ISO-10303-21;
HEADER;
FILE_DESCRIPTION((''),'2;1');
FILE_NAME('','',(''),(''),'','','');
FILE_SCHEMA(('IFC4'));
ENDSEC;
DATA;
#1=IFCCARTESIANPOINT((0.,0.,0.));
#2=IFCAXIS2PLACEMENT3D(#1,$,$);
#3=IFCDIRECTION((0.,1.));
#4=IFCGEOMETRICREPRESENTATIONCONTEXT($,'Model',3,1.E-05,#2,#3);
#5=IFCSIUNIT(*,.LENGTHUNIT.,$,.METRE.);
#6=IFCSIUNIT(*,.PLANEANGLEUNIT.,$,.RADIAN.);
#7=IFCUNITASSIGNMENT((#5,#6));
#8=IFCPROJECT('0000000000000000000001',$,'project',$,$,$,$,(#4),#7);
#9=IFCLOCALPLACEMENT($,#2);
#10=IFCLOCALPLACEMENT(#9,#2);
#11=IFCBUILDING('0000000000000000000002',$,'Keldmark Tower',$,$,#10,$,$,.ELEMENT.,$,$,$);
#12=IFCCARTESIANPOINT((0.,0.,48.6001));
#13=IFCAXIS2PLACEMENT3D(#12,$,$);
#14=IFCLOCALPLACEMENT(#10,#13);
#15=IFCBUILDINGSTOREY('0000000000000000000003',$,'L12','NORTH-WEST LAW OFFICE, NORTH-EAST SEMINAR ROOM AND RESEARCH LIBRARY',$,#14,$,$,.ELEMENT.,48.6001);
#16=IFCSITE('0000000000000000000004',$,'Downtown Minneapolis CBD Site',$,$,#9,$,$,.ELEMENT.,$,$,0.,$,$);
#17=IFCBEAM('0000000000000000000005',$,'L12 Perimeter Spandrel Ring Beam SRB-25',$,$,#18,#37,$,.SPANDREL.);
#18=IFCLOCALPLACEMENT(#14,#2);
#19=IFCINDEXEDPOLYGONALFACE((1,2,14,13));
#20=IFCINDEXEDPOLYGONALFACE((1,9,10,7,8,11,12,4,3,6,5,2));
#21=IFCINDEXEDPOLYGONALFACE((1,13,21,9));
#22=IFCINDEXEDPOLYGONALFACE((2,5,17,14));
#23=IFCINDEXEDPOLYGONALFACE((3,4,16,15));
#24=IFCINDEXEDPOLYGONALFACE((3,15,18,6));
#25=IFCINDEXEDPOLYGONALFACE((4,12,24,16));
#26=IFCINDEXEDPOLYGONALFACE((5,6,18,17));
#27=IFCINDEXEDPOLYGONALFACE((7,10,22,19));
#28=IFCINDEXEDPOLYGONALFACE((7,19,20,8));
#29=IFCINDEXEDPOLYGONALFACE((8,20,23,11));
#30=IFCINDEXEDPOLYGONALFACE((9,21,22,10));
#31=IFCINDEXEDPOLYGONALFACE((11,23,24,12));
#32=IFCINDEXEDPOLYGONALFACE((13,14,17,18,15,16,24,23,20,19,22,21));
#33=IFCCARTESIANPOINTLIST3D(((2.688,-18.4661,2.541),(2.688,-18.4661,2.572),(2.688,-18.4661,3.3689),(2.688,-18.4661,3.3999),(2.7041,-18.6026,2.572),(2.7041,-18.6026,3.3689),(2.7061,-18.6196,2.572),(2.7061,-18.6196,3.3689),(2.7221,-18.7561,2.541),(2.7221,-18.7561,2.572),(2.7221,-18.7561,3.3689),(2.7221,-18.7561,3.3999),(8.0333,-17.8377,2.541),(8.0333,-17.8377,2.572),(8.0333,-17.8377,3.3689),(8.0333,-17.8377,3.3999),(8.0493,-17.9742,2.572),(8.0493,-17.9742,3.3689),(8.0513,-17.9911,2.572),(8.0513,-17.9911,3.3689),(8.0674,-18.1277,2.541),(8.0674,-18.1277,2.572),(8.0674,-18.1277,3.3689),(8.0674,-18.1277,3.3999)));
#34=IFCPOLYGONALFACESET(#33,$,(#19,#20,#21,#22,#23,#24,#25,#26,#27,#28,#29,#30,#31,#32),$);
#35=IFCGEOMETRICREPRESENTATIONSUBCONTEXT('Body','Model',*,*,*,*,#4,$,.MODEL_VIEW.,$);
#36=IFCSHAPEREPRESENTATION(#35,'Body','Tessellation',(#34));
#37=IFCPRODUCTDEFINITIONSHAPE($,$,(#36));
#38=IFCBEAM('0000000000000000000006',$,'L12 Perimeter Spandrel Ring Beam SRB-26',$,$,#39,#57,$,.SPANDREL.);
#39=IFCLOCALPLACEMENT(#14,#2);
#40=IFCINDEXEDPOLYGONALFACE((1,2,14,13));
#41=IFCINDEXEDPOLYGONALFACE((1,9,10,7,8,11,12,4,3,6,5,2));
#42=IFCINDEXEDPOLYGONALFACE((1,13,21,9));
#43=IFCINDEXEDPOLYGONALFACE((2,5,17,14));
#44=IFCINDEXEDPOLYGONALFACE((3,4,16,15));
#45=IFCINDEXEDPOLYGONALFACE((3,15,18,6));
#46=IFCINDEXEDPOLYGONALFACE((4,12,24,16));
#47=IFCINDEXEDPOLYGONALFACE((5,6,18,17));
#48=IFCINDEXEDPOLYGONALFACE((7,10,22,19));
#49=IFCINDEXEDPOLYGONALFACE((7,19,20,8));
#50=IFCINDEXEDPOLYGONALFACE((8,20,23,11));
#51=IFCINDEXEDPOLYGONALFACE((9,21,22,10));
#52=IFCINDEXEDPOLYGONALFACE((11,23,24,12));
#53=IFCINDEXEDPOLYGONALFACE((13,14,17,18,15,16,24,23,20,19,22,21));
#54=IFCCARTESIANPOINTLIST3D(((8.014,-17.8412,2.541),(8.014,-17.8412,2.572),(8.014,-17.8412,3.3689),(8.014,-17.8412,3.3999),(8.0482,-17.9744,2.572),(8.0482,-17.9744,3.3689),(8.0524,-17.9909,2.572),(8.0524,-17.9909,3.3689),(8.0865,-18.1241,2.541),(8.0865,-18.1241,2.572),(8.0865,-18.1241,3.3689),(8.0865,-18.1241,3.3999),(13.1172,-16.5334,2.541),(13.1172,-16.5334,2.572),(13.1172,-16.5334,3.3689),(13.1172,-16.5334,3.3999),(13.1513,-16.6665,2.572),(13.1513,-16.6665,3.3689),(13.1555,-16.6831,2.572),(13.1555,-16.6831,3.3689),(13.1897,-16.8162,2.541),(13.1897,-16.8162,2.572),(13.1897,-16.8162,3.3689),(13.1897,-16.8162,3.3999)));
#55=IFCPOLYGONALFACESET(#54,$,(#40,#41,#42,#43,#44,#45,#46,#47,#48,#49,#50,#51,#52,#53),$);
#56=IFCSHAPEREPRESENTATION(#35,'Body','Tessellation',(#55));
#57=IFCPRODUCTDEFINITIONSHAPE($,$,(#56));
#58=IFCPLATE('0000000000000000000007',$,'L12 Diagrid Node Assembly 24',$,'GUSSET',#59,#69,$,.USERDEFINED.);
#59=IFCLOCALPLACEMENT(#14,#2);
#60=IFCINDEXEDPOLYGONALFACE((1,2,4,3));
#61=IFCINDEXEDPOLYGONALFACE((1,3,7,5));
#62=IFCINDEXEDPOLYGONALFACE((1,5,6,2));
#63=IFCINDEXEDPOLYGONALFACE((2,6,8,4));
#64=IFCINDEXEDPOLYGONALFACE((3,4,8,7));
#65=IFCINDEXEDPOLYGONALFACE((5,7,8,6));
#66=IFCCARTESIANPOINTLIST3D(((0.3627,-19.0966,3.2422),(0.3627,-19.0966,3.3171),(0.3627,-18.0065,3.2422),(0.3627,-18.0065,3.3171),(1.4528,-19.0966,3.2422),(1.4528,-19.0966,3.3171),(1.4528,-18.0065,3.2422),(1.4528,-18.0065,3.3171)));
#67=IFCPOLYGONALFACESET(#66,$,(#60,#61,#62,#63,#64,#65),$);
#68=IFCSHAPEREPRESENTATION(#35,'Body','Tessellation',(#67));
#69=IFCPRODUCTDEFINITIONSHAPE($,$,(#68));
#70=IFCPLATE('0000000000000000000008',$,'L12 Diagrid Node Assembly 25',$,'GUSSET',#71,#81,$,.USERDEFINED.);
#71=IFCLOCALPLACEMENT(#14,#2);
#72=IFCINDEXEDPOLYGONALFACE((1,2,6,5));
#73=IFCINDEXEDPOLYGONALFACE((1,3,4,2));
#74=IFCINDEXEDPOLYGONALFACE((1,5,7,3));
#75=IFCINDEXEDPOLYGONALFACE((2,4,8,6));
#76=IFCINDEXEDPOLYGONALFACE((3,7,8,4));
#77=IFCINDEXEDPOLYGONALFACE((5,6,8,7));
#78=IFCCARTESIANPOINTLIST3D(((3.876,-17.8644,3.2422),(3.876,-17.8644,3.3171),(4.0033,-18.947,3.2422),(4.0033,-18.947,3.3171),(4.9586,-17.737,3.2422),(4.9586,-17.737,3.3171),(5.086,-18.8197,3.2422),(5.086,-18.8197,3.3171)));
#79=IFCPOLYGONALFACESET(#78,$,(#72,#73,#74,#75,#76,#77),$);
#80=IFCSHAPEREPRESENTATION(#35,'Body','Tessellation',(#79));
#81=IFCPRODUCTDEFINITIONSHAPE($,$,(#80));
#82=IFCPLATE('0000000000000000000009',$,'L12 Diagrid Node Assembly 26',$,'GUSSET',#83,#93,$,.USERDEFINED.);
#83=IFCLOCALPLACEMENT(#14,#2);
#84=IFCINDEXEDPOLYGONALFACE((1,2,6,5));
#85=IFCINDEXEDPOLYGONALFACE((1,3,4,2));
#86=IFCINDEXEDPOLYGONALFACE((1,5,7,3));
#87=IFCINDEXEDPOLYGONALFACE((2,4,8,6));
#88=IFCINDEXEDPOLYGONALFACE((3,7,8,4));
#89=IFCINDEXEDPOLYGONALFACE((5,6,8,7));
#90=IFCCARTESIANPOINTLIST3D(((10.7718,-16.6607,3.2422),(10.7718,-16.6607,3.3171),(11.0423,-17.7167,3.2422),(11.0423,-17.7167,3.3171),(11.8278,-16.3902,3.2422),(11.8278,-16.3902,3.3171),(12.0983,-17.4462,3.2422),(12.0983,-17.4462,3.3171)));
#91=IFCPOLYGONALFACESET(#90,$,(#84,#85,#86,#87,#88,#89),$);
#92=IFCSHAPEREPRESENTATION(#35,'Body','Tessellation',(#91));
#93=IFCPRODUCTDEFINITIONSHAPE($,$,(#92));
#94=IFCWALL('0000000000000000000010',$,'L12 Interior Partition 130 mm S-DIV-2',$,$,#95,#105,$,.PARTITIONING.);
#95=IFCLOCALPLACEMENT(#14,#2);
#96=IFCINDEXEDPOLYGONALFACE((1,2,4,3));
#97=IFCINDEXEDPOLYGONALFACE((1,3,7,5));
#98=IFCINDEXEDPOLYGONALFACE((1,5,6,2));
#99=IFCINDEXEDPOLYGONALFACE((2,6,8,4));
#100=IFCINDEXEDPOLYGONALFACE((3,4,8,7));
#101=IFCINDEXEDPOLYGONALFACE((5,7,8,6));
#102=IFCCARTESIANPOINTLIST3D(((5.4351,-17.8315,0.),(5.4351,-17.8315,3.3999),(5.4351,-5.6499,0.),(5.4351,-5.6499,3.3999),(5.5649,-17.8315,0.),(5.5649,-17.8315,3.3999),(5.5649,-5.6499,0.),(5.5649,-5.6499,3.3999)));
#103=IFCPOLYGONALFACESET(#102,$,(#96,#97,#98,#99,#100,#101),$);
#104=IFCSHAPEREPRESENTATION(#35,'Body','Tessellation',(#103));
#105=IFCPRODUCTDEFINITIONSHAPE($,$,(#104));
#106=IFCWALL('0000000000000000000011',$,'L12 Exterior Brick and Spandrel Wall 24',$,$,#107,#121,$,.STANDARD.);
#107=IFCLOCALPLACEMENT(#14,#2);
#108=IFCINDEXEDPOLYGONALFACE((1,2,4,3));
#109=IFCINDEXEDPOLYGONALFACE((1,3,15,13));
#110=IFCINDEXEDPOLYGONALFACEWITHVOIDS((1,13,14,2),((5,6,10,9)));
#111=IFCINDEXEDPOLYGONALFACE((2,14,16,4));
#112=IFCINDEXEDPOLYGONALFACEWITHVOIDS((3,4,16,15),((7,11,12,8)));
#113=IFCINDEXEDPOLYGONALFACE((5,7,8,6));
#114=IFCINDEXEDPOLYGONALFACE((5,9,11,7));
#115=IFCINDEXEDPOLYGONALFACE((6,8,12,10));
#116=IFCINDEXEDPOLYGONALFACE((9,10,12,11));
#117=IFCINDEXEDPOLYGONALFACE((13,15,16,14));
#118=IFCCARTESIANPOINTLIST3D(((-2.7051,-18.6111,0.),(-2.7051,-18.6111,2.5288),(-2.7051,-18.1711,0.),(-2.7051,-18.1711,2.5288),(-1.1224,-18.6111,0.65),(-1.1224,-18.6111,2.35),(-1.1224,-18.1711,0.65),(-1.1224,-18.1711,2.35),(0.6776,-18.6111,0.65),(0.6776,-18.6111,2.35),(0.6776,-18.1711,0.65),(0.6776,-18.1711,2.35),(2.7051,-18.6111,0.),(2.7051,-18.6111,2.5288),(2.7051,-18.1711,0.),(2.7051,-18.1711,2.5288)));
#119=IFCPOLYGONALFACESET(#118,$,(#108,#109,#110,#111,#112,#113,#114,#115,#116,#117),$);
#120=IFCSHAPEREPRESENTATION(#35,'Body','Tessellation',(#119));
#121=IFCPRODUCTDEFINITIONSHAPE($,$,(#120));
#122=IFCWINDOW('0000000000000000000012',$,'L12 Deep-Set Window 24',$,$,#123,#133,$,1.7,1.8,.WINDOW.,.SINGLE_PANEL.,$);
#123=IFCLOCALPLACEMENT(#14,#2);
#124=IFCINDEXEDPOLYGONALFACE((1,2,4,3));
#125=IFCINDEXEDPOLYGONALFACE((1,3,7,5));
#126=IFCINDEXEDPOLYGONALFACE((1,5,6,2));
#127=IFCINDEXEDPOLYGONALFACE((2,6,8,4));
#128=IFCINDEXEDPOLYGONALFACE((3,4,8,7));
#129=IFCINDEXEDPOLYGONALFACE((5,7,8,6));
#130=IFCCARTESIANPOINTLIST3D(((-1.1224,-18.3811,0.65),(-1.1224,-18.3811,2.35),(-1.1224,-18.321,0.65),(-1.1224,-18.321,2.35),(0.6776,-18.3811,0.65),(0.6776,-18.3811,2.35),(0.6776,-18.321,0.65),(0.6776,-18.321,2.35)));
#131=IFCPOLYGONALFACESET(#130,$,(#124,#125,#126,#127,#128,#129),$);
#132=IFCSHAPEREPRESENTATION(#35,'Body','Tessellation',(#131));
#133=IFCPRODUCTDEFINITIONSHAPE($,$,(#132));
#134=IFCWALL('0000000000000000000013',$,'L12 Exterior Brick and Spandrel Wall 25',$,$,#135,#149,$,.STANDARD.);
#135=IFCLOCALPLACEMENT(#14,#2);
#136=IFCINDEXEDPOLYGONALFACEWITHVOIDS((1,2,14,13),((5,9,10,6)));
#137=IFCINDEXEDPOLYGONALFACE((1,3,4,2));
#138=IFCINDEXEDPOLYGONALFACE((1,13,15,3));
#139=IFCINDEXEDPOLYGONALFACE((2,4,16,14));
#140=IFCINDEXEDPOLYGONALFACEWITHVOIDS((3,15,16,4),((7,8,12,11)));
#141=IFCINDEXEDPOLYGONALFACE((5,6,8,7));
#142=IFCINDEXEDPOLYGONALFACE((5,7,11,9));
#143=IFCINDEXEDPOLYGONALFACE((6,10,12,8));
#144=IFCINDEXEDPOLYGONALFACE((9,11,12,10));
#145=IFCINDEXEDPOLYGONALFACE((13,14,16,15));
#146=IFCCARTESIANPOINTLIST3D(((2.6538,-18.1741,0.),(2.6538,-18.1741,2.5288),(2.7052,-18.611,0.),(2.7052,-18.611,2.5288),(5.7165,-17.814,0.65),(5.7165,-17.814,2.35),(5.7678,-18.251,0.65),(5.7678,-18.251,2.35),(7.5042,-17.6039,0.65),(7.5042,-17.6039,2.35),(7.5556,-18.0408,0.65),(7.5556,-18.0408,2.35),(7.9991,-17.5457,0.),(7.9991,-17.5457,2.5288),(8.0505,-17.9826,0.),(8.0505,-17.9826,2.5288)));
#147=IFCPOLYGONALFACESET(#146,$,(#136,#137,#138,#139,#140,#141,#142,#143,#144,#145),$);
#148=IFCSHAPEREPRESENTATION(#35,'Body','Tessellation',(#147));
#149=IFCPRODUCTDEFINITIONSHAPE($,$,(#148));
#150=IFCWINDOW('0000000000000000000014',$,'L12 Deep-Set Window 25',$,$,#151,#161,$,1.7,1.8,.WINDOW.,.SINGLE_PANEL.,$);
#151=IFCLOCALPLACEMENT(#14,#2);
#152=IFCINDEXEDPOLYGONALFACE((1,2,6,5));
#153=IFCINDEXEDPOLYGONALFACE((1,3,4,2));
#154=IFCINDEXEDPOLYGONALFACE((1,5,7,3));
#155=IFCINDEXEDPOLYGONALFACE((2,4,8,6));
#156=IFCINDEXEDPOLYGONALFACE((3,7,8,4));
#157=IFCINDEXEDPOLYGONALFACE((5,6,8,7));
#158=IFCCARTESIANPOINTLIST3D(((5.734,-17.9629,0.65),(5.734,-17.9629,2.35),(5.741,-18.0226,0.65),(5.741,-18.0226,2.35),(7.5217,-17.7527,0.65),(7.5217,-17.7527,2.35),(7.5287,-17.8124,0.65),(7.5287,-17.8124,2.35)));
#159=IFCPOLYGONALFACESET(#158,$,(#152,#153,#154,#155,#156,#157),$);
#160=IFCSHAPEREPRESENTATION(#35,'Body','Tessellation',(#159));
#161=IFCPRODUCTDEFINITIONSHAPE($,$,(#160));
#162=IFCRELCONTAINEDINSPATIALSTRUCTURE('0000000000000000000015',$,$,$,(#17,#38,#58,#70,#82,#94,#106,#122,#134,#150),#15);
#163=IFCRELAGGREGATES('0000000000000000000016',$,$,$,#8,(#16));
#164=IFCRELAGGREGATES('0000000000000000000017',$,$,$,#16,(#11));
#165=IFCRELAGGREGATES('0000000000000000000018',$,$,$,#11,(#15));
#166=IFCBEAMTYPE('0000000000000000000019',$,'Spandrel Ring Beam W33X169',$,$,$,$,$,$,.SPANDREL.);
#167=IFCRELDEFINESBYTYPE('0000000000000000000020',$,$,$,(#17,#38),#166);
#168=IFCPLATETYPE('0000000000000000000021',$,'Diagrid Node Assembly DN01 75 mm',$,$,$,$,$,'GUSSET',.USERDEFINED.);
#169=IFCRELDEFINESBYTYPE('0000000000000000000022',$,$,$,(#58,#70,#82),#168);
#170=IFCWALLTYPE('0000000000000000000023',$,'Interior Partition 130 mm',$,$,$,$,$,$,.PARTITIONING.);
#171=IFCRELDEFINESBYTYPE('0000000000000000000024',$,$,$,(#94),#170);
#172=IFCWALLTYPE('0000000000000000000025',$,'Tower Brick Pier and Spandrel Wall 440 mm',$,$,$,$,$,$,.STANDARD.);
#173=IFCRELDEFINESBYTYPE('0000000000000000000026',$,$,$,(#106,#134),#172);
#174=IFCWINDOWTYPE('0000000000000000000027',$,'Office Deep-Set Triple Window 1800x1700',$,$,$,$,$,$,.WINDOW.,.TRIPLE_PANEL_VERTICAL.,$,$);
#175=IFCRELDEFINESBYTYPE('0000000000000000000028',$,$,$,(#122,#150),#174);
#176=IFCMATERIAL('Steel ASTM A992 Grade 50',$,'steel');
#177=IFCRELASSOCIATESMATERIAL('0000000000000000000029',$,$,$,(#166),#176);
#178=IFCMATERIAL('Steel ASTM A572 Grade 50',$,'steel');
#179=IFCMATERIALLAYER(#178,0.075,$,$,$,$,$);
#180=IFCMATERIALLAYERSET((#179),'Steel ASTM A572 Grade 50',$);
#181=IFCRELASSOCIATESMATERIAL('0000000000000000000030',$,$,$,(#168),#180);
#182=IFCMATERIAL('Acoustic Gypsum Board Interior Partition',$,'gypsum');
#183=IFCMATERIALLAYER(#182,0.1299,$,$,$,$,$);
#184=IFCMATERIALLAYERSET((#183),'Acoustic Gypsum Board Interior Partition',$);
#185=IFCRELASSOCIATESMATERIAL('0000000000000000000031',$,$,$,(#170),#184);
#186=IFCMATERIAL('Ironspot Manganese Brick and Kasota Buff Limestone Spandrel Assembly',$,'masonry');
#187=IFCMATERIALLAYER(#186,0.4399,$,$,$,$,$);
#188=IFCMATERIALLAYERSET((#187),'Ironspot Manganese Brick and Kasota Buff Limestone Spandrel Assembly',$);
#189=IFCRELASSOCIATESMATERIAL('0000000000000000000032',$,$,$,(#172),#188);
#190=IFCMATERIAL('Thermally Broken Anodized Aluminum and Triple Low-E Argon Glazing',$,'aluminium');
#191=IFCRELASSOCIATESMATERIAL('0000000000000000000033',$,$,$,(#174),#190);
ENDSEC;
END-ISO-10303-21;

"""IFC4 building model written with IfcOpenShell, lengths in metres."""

from ifc_helpers import new_model, si_unit, direction, frame, frame_2d, origin, origin_2d, place, context, subcontext, project, spatial, rectangle, i_section, extrude, material, layer, layer_set, material_profile, profile_set, type_object, element, fill, save


model = new_model("IFC4")

# Units and contexts
model_context = context("Model", 3, precision=1e-05, world=origin(), true_north=direction((0.0, 1.0)))
body_context = subcontext(model_context, "Body", "Model", "MODEL_VIEW")
ifc_project = project(units=[si_unit("LENGTHUNIT", "METRE"), si_unit("PLANEANGLEUNIT", "RADIAN")], contexts=[model_context])

# Site, building, storey
site_placement = place(None, origin())
site = spatial("IfcSite", under=ifc_project, at=site_placement, Name="Downtown Minneapolis CBD Site", CompositionType="ELEMENT", RefElevation=0.0)
building_placement = place(site_placement, origin())
building = spatial("IfcBuilding", under=site, at=building_placement, Name="Keldmark Tower", CompositionType="ELEMENT")
storey_placement = place(building_placement, frame((0.0, 0.0, 48.6001)))
storey = spatial("IfcBuildingStorey", under=building, at=storey_placement, Name="L12", Description="NORTH-WEST LAW OFFICE, NORTH-EAST SEMINAR ROOM AND RESEARCH LIBRARY", CompositionType="ELEMENT", Elevation=48.6001)

# Beams
ifc_material_1 = material(Name="Steel ASTM A992 Grade 50", Category="steel")
ifc_material_profile_1 = material_profile(ifc_material_1, i_section(OverallWidth=0.292, OverallDepth=0.8589, WebThickness=0.0171, FlangeThickness=0.031, at=origin_2d()), Name="W33X169")
ifc_profile_set_1 = profile_set([ifc_material_profile_1], Name="Steel ASTM A992 Grade 50")
beam_type_1 = type_object("IfcBeamType", Name="Spandrel Ring Beam W33X169", PredefinedType="SPANDREL", material=ifc_profile_set_1)
beam_1_placement = place(storey_placement, frame((2.7051, -18.6111, 2.9705), z_axis=(0.99316, 0.116762, 0.0), x_axis=(-0.116762, 0.99316, 0.0)))
element("IfcBeam", 1, at=beam_1_placement, inside=storey, type_object=beam_type_1, Name="L12 Perimeter Spandrel Ring Beam SRB-25", PredefinedType="SPANDREL", context=body_context, shape_type="SweptSolid", body=[
    extrude(i_section(OverallWidth=0.292, OverallDepth=0.8589, WebThickness=0.0171, FlangeThickness=0.031, at=origin_2d()), origin(), (0.0, 0.0, 1.0), 5.3821),
])
beam_2_placement = place(storey_placement, frame((8.0503, -17.9827, 2.9705), z_axis=(0.968692, 0.248267, 0.0), x_axis=(-0.248267, 0.968692, 0.0)))
element("IfcBeam", 2, at=beam_2_placement, inside=storey, type_object=beam_type_1, Name="L12 Perimeter Spandrel Ring Beam SRB-26", PredefinedType="SPANDREL", context=body_context, shape_type="SweptSolid", body=[
    extrude(i_section(OverallWidth=0.292, OverallDepth=0.8589, WebThickness=0.0171, FlangeThickness=0.031, at=origin_2d()), origin(), (0.0, 0.0, 1.0), 5.2681),
])

# Plates
ifc_material_2 = material(Name="Steel ASTM A572 Grade 50", Category="steel")
ifc_layer_1 = layer(ifc_material_2, 0.075)
ifc_layer_set_1 = layer_set([ifc_layer_1], Name="Steel ASTM A572 Grade 50")
plate_type = type_object("IfcPlateType", Name="Diagrid Node Assembly DN01 75 mm", ElementType="GUSSET", PredefinedType="USERDEFINED", material=ifc_layer_set_1)
for number, where, z_axis, x_axis, name in (
    (3, (0.9077, -18.5515, 3.2422), (0.0, 0.0, 1.0), (1.0, 0.0, 0.0), "L12 Diagrid Node Assembly 24"),
    (4, (4.481, -18.342, 3.2422), (0.0, 0.0, 1.0), (0.99315, 0.116844, 0.0), "L12 Diagrid Node Assembly 25"),
    (5, (11.4351, -17.0535, 3.2422), (0.0, 0.0, 1.0), (0.968713, 0.248183, 0.0), "L12 Diagrid Node Assembly 26"),
):
    element("IfcPlate", number, at=place(storey_placement, frame(where, z_axis=z_axis, x_axis=x_axis)), inside=storey, type_object=plate_type, Name=name, ObjectType="GUSSET", PredefinedType="USERDEFINED", context=body_context, shape_type="SweptSolid", body=[
        extrude(rectangle(XDim=1.0901, YDim=1.0901, at=origin_2d()), origin(), (0.0, 0.0, 1.0), 0.075),
    ])

# Wall
ifc_material_3 = material(Name="Acoustic Gypsum Board Interior Partition", Category="gypsum")
ifc_layer_2 = layer(ifc_material_3, 0.1299)
ifc_layer_set_2 = layer_set([ifc_layer_2], Name="Acoustic Gypsum Board Interior Partition")
wall_type_1 = type_object("IfcWallType", Name="Interior Partition 130 mm", PredefinedType="PARTITIONING", material=ifc_layer_set_2)
wall_1_placement = place(storey_placement, frame((5.5, -17.8315, 0.0), z_axis=(0.0, 0.0, 1.0), x_axis=(0.0, 1.0, 0.0)))
element("IfcWall", 6, at=wall_1_placement, inside=storey, type_object=wall_type_1, Name="L12 Interior Partition 130 mm S-DIV-2", PredefinedType="PARTITIONING", context=body_context, shape_type="SweptSolid", body=[
    extrude(rectangle(XDim=12.1816, YDim=0.1299, at=frame_2d((6.0908, 0.0))), origin(), (0.0, 0.0, 1.0), 3.3999),
])

# Walls, openings, windows
ifc_material_4 = material(Name="Ironspot Manganese Brick and Kasota Buff Limestone Spandrel Assembly", Category="masonry")
ifc_layer_3 = layer(ifc_material_4, 0.4399)
ifc_layer_set_3 = layer_set([ifc_layer_3], Name="Ironspot Manganese Brick and Kasota Buff Limestone Spandrel Assembly")
wall_type_2 = type_object("IfcWallType", Name="Tower Brick Pier and Spandrel Wall 440 mm", PredefinedType="STANDARD", material=ifc_layer_set_3)
wall_2_placement = place(storey_placement, frame((2.7051, -18.3911, 0.0), z_axis=(0.0, 0.0, 1.0), x_axis=(-1.0, 0.0, 0.0)))
wall_2 = element("IfcWall", 7, at=wall_2_placement, inside=storey, type_object=wall_type_2, Name="L12 Exterior Brick and Spandrel Wall 24", PredefinedType="STANDARD", context=body_context, shape_type="SweptSolid", body=[
    extrude(rectangle(XDim=5.4102, YDim=0.4399, at=frame_2d((2.7051, 0.0))), origin(), (0.0, 0.0, 1.0), 2.5288),
])
opening_1_placement = place(wall_2_placement, frame((2.0276, 0.0, 0.6499)))
opening_1 = element("IfcOpeningElement", 8, at=opening_1_placement, cuts=wall_2, PredefinedType="OPENING", context=body_context, shape_type="SweptSolid", body=[
    extrude(rectangle(XDim=1.8, YDim=1.7, at=frame_2d((0.8999, 0.8501))), frame((0.0, 0.23, 0.0), z_axis=(0.0, -1.0, 0.0), x_axis=(1.0, 0.0, 0.0)), (0.0, 0.0, 1.0), 0.46),
])
ifc_material_5 = material(Name="Thermally Broken Anodized Aluminum and Triple Low-E Argon Glazing", Category="aluminium")
window_type = type_object("IfcWindowType", Name="Office Deep-Set Triple Window 1800x1700", PartitioningType="TRIPLE_PANEL_VERTICAL", PredefinedType="WINDOW", material=ifc_material_5)
window_1_placement = place(opening_1_placement, origin())
window_1 = element("IfcWindow", 9, at=window_1_placement, inside=storey, type_object=window_type, Name="L12 Deep-Set Window 24", OverallHeight=1.7, OverallWidth=1.8, PartitioningType="SINGLE_PANEL", PredefinedType="WINDOW", context=body_context, shape_type="SweptSolid", body=[
    extrude(rectangle(XDim=1.8, YDim=1.7, at=frame_2d((0.8999, 0.8501))), frame((0.0, -0.01, 0.0), z_axis=(0.0, -1.0, 0.0), x_axis=(1.0, 0.0, 0.0)), (0.0, 0.0, 1.0), 0.0601),
])
fill(opening_1, window_1)
wall_3_placement = place(storey_placement, frame((8.0247, -17.7642, 0.0), z_axis=(0.0, 0.0, 1.0), x_axis=(-0.99316, -0.116762, 0.0)))
wall_3 = element("IfcWall", 10, at=wall_3_placement, inside=storey, type_object=wall_type_2, Name="L12 Exterior Brick and Spandrel Wall 25", PredefinedType="STANDARD", context=body_context, shape_type="SweptSolid", body=[
    extrude(rectangle(XDim=5.3821, YDim=0.4399, at=frame_2d((2.6909, 0.0))), origin(), (0.0, 0.0, 1.0), 2.5288),
])
opening_2_placement = place(wall_3_placement, frame((0.4983, 0.0, 0.6499)))
opening_2 = element("IfcOpeningElement", 11, at=opening_2_placement, cuts=wall_3, PredefinedType="OPENING", context=body_context, shape_type="SweptSolid", body=[
    extrude(rectangle(XDim=1.8, YDim=1.7, at=frame_2d((0.8999, 0.8501))), frame((0.0, 0.23, 0.0), z_axis=(0.0, -1.0, 0.0), x_axis=(1.0, 0.0, 0.0)), (0.0, 0.0, 1.0), 0.46),
])
window_2_placement = place(opening_2_placement, origin())
window_2 = element("IfcWindow", 12, at=window_2_placement, inside=storey, type_object=window_type, Name="L12 Deep-Set Window 25", OverallHeight=1.7, OverallWidth=1.8, PartitioningType="SINGLE_PANEL", PredefinedType="WINDOW", context=body_context, shape_type="SweptSolid", body=[
    extrude(rectangle(XDim=1.8, YDim=1.7, at=frame_2d((0.8999, 0.8501))), frame((0.0, -0.01, 0.0), z_axis=(0.0, -1.0, 0.0), x_axis=(1.0, 0.0, 0.0)), (0.0, 0.0, 1.0), 0.0601),
])
fill(opening_2, window_2)

save(model, "model.ifc")
